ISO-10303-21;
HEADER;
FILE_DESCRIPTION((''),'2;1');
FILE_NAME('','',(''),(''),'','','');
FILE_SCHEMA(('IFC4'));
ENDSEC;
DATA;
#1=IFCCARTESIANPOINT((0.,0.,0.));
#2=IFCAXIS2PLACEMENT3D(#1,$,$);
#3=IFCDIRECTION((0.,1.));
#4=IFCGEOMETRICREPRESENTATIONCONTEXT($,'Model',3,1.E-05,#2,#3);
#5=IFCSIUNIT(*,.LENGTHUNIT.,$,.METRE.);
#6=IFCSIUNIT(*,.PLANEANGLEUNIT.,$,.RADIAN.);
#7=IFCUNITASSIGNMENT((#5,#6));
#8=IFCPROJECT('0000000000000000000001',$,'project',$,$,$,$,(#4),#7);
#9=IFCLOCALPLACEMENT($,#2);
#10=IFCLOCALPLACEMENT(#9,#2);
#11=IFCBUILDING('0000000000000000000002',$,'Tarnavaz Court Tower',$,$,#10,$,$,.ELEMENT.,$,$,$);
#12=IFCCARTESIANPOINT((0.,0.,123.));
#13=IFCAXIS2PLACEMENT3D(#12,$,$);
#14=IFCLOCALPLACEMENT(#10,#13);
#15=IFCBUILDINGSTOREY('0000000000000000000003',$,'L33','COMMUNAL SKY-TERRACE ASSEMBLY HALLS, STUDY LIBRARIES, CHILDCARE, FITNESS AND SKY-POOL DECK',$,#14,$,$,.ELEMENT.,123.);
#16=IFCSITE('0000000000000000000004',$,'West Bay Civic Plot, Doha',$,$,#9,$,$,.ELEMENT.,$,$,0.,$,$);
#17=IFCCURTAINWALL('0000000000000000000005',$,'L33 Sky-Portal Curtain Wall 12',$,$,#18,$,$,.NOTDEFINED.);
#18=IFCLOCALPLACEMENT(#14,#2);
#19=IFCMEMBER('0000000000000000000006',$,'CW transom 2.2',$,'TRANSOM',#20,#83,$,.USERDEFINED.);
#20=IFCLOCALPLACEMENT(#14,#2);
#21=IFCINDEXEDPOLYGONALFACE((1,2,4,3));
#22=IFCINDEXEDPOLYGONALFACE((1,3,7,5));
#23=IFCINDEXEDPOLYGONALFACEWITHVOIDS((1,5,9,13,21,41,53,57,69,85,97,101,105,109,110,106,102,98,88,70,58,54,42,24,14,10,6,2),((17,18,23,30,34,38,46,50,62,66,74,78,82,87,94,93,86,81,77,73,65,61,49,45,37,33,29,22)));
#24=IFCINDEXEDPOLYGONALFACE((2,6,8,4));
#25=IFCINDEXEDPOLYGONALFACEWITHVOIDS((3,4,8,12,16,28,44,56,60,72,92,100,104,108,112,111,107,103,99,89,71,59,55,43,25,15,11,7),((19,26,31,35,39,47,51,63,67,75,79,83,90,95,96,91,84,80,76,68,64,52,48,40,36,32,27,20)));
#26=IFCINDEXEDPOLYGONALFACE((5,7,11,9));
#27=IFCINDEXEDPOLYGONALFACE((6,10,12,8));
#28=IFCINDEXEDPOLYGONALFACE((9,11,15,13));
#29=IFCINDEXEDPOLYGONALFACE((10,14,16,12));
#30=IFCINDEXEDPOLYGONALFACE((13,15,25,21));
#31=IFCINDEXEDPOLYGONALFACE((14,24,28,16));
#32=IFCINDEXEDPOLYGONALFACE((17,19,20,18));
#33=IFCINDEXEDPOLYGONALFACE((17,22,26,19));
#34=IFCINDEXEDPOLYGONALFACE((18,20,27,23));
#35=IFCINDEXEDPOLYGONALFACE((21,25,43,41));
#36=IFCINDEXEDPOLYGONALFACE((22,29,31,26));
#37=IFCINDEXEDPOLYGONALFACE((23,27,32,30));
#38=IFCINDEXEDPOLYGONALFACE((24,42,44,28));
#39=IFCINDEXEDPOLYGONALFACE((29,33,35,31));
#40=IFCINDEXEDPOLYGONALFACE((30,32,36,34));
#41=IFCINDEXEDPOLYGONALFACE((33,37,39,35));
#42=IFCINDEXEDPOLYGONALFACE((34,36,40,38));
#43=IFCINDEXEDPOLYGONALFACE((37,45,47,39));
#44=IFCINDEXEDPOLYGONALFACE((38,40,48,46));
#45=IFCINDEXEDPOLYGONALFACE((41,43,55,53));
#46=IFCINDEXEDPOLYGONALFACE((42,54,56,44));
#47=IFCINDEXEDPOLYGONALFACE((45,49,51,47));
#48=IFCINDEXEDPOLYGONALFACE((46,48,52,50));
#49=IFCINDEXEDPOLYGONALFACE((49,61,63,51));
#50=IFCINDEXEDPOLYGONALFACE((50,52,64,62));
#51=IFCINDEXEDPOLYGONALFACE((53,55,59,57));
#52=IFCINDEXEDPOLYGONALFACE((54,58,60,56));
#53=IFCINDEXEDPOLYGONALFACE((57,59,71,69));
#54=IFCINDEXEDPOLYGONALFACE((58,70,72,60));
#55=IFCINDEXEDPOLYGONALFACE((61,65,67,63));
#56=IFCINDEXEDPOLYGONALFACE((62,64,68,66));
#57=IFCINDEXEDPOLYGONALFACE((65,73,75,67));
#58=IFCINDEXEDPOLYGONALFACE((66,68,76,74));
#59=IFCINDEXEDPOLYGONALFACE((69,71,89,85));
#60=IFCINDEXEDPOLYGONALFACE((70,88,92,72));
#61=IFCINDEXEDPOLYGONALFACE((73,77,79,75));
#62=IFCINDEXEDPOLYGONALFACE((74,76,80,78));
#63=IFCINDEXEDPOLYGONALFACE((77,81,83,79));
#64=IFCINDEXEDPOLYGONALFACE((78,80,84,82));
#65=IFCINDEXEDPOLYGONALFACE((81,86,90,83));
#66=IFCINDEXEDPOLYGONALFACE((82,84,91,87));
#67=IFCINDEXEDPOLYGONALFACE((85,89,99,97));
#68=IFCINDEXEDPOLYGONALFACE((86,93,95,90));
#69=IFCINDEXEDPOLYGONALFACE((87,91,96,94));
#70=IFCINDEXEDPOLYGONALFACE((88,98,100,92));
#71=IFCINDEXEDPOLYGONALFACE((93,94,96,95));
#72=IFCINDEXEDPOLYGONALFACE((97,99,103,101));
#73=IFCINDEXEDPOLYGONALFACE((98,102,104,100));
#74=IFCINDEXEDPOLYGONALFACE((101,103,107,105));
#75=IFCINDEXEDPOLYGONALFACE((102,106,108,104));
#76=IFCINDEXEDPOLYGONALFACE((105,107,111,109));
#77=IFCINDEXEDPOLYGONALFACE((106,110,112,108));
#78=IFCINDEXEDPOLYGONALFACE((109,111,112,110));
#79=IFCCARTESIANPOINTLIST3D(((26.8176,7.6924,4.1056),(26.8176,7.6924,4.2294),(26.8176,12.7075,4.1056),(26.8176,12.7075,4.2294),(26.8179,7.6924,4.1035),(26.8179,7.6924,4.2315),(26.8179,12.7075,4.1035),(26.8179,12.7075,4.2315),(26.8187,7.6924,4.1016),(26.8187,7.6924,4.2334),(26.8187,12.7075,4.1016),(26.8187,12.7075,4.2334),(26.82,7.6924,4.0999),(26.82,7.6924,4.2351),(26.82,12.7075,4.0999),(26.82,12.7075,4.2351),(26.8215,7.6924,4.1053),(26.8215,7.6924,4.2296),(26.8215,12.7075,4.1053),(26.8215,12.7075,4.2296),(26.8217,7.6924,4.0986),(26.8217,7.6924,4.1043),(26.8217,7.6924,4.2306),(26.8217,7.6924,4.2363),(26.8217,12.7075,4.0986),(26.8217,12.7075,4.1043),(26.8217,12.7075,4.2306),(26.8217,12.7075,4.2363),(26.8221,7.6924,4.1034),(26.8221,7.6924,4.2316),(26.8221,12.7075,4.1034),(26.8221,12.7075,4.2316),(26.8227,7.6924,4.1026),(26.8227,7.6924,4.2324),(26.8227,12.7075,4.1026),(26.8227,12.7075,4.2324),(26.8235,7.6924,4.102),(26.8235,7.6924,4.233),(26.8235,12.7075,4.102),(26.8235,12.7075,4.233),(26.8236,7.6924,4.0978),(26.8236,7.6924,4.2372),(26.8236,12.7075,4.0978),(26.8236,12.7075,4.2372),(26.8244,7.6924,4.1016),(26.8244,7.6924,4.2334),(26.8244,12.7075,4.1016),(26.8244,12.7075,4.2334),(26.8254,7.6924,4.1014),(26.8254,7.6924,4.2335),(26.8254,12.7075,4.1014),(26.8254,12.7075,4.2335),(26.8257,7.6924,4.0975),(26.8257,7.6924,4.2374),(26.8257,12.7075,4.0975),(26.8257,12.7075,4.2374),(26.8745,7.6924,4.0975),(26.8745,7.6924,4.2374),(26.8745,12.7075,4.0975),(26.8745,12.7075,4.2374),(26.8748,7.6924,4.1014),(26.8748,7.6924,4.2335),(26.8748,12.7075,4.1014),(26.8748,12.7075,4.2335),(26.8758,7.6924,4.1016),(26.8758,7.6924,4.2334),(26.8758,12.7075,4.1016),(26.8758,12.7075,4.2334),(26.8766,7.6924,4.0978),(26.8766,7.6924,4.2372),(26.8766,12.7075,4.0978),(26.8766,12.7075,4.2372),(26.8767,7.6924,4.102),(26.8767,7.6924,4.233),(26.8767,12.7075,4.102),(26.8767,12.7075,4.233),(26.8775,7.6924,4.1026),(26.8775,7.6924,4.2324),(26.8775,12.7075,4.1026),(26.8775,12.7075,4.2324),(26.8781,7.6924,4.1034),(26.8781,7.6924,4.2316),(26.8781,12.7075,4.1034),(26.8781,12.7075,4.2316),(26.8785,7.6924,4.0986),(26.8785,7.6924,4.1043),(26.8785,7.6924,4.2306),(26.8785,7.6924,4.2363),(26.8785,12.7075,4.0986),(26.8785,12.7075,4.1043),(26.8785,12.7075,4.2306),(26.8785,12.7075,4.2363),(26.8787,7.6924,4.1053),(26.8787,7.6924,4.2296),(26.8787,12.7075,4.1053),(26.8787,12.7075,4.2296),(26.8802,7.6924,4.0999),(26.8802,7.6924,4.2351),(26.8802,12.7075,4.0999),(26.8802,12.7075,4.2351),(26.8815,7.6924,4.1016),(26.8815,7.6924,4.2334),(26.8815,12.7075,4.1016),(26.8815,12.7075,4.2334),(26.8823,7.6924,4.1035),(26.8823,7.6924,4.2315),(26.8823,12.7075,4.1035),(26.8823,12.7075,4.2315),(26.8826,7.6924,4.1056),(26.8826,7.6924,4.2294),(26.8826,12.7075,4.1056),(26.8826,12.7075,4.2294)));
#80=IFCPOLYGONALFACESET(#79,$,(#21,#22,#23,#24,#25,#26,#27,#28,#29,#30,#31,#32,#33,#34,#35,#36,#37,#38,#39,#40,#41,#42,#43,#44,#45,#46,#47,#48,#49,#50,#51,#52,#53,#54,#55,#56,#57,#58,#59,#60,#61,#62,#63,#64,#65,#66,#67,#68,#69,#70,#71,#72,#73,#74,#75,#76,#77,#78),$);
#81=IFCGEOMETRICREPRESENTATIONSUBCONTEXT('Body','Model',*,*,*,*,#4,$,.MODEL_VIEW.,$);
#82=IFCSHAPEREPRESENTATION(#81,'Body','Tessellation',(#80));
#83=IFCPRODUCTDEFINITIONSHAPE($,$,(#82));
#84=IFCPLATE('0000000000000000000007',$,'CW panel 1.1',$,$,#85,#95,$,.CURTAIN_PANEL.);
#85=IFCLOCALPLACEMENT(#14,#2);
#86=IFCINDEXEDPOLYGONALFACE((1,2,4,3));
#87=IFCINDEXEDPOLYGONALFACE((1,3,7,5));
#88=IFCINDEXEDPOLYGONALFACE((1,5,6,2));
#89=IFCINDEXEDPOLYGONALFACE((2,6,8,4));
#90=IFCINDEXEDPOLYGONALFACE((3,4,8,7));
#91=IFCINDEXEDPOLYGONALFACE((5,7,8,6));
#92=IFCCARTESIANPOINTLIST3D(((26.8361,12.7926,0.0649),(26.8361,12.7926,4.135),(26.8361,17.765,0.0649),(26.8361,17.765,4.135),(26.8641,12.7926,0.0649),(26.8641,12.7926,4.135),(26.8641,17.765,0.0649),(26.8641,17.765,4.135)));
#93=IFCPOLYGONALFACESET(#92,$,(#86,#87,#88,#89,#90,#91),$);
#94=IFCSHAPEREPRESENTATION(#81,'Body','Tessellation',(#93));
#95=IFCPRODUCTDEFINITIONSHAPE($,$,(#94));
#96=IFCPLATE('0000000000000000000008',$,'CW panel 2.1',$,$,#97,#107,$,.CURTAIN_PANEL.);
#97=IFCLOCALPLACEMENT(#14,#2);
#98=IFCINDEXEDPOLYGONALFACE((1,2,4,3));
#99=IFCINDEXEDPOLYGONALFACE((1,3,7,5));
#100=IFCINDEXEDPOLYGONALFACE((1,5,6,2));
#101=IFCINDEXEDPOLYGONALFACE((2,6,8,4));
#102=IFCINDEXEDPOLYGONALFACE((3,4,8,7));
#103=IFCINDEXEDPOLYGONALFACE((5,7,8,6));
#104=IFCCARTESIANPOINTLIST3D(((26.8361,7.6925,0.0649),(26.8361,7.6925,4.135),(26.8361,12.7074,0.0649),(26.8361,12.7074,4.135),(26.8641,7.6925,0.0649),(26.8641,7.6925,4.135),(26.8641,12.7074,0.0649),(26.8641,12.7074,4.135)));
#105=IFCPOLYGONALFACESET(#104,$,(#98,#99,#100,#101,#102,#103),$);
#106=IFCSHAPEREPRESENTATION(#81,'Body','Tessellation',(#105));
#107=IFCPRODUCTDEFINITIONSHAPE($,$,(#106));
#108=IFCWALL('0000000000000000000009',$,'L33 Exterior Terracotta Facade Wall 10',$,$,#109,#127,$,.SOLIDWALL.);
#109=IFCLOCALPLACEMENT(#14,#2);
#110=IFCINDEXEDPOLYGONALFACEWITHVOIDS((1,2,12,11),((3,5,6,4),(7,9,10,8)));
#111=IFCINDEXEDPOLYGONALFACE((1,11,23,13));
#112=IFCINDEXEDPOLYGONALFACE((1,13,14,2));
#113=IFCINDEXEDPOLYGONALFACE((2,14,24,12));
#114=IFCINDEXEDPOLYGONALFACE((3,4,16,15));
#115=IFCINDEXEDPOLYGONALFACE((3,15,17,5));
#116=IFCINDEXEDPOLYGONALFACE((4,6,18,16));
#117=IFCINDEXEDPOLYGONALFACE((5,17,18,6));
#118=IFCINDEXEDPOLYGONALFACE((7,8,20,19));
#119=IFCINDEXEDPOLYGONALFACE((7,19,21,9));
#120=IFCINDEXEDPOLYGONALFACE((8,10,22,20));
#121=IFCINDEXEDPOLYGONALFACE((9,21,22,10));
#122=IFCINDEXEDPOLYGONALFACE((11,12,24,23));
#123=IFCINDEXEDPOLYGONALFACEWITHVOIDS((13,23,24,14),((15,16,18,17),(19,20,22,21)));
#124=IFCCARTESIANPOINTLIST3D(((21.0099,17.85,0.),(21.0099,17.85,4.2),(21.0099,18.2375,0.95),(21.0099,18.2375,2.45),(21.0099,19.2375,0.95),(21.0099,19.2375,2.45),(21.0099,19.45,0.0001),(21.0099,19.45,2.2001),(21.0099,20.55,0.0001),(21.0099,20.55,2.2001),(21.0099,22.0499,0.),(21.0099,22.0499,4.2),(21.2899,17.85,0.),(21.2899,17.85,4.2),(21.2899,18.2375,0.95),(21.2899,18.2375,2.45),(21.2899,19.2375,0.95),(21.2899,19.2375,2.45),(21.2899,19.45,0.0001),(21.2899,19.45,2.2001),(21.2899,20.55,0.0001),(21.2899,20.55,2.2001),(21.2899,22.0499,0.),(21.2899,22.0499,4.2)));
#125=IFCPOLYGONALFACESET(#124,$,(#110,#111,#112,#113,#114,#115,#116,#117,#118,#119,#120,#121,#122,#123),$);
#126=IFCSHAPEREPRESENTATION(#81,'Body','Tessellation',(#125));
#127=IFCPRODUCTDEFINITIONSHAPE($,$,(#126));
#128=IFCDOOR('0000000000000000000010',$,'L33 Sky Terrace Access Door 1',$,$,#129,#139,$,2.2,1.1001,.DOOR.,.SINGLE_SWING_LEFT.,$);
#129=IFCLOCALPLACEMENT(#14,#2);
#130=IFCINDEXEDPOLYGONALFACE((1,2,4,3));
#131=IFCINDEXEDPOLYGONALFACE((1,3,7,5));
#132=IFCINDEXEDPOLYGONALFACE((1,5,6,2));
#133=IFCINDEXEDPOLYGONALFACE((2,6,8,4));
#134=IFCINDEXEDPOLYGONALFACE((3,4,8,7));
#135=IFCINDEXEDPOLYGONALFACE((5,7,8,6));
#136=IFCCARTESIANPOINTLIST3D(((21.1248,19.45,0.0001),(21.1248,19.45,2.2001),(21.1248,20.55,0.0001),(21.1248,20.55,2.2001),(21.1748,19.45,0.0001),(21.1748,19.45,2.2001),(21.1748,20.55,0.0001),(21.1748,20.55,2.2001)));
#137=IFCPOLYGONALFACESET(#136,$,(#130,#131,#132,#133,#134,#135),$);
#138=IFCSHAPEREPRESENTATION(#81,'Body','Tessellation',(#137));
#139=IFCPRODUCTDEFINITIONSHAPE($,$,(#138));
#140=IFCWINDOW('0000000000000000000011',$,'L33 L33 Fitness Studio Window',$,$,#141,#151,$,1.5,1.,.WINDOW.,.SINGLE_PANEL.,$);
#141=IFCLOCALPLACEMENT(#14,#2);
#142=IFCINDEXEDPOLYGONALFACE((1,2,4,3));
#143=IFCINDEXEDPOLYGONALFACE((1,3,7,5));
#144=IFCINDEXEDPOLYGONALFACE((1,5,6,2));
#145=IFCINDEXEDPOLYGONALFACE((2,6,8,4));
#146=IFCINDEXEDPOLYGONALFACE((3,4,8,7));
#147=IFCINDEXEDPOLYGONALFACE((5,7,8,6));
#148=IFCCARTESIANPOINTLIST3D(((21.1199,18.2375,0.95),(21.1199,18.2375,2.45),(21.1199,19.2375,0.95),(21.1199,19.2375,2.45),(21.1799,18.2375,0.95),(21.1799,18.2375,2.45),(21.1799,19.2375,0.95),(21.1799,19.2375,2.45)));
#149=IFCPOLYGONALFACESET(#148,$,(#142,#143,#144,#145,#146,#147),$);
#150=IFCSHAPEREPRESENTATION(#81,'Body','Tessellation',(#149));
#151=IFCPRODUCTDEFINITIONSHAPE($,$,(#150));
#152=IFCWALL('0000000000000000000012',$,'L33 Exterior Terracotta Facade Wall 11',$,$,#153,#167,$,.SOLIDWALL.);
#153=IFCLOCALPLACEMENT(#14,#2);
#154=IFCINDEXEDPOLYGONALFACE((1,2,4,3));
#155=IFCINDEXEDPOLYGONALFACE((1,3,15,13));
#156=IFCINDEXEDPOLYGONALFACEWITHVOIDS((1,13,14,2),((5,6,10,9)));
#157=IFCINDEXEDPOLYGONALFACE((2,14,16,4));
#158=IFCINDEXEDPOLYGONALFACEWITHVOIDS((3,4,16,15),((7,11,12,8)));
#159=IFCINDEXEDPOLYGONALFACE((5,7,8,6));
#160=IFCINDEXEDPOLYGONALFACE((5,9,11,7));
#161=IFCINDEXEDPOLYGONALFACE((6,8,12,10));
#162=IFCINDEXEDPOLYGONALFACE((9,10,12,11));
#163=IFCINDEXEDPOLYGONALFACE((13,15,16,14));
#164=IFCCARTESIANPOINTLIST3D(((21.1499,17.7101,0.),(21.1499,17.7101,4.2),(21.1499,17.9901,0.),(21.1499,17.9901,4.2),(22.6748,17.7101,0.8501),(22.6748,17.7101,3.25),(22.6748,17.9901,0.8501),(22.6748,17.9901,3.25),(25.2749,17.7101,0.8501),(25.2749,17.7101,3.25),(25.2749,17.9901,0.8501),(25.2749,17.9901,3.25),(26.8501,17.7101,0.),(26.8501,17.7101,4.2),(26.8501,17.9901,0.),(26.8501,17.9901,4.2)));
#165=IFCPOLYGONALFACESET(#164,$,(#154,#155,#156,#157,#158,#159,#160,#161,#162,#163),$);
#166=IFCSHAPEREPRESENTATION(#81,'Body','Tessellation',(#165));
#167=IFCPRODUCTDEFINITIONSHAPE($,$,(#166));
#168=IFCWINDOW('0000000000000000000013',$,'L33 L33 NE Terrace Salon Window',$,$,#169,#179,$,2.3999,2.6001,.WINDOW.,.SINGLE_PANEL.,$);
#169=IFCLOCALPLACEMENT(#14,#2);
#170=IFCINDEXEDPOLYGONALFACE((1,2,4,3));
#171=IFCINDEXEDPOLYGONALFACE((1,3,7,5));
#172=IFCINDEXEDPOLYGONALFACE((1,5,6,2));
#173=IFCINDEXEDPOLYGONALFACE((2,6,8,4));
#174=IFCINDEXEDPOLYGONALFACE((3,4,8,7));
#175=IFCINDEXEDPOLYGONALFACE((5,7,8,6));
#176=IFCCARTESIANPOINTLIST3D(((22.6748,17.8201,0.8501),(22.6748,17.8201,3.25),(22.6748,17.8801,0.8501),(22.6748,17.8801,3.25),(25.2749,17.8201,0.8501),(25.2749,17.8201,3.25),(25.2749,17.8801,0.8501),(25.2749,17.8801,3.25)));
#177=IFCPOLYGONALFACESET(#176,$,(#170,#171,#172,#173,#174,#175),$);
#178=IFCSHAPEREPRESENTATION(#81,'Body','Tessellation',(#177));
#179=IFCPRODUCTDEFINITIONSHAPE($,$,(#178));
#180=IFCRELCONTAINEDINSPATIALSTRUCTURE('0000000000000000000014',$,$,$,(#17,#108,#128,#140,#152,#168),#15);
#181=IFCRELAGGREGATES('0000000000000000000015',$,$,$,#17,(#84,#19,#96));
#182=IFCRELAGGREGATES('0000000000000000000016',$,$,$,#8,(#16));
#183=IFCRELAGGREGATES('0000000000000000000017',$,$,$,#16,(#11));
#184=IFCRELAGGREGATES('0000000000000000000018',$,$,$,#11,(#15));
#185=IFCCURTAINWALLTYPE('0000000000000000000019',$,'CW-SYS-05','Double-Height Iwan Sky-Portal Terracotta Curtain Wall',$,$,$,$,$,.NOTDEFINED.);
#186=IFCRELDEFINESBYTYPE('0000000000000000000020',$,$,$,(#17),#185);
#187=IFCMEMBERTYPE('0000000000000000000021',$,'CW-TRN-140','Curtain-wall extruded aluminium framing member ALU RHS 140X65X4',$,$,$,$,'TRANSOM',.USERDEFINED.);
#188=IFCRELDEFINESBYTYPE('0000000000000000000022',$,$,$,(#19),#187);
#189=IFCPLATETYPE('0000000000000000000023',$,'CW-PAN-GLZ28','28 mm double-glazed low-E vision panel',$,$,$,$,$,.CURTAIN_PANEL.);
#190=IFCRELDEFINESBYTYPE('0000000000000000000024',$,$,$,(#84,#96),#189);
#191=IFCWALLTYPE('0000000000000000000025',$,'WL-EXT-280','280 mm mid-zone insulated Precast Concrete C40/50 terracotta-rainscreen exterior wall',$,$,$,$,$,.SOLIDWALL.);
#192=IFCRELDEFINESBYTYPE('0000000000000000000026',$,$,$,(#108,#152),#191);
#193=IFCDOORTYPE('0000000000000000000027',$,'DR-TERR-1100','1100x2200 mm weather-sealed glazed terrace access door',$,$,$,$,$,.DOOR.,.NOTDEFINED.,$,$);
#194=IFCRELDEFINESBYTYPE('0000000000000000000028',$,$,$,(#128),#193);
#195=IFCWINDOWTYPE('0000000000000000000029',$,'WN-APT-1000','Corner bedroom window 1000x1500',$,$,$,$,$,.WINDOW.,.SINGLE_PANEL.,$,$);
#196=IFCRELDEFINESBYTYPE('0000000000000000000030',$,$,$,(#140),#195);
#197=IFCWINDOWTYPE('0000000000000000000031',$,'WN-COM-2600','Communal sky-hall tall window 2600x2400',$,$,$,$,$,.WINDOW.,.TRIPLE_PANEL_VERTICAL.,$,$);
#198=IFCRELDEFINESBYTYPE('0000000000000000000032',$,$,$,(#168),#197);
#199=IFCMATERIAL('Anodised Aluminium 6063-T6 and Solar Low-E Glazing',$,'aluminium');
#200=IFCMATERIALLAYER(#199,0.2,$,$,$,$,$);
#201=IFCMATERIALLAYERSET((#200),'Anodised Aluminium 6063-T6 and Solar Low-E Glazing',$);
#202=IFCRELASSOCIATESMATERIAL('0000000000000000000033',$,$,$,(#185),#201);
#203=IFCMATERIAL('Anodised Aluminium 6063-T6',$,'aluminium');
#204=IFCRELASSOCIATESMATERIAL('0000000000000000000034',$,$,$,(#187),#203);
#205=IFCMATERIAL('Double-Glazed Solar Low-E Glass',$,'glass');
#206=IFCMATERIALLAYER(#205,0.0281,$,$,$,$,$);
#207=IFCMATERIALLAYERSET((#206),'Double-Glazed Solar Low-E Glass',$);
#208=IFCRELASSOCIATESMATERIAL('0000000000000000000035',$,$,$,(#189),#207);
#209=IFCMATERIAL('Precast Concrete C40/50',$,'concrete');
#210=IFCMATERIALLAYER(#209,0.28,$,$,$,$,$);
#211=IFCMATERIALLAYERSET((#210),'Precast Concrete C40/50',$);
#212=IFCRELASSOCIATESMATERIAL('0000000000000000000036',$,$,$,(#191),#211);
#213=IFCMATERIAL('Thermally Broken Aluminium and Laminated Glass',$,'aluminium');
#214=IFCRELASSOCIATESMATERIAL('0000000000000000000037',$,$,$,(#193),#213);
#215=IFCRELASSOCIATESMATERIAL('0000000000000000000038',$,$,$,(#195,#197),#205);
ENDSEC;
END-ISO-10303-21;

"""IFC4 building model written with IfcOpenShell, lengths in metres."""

from ifc_helpers import new_model, si_unit, direction, frame, frame_2d, origin, origin_2d, place, context, subcontext, project, spatial, rectangle, hollow_rectangle, extrude, material, layer, layer_set, material_profile, profile_set, type_object, element, fill, aggregate, save


model = new_model("IFC4")

# Units and contexts
model_context = context("Model", 3, precision=1e-05, world=origin(), true_north=direction((0.0, 1.0)))
body_context = subcontext(model_context, "Body", "Model", "MODEL_VIEW")
ifc_project = project(units=[si_unit("LENGTHUNIT", "METRE"), si_unit("PLANEANGLEUNIT", "RADIAN")], contexts=[model_context])

# Site, building, storey
site_placement = place(None, origin())
site = spatial("IfcSite", under=ifc_project, at=site_placement, Name="West Bay Civic Plot, Doha", CompositionType="ELEMENT", RefElevation=0.0)
building_placement = place(site_placement, origin())
building = spatial("IfcBuilding", under=site, at=building_placement, Name="Tarnavaz Court Tower", CompositionType="ELEMENT")
storey_placement = place(building_placement, frame((0.0, 0.0, 123.0)))
storey = spatial("IfcBuildingStorey", under=building, at=storey_placement, Name="L33", Description="COMMUNAL SKY-TERRACE ASSEMBLY HALLS, STUDY LIBRARIES, CHILDCARE, FITNESS AND SKY-POOL DECK", CompositionType="ELEMENT", Elevation=123.0)

# Curtain wall, member, plates
ifc_material_1 = material(Name="Anodised Aluminium 6063-T6 and Solar Low-E Glazing", Category="aluminium")
ifc_layer_1 = layer(ifc_material_1, 0.2)
ifc_layer_set_1 = layer_set([ifc_layer_1], Name="Anodised Aluminium 6063-T6 and Solar Low-E Glazing")
curtain_wall_type = type_object("IfcCurtainWallType", Name="CW-SYS-05", Description="Double-Height Iwan Sky-Portal Terracotta Curtain Wall", PredefinedType="NOTDEFINED", material=ifc_layer_set_1)
curtain_wall_placement = place(storey_placement, origin())
curtain_wall = element("IfcCurtainWall", 1, at=curtain_wall_placement, inside=storey, type_object=curtain_wall_type, Name="L33 Sky-Portal Curtain Wall 12", PredefinedType="NOTDEFINED")
ifc_material_2 = material(Name="Anodised Aluminium 6063-T6", Category="aluminium")
ifc_material_profile_1 = material_profile(ifc_material_2, hollow_rectangle(XDim=0.0649, YDim=0.1399, WallThickness=0.0039, InnerFilletRadius=0.0039, OuterFilletRadius=0.0081, at=origin_2d()), Name="ALU RHS 140X65X4")
ifc_profile_set_1 = profile_set([ifc_material_profile_1], Name="Anodised Aluminium 6063-T6")
member_type_1 = type_object("IfcMemberType", Name="CW-TRN-140", Description="Curtain-wall extruded aluminium framing member ALU RHS 140X65X4", ElementType="TRANSOM", PredefinedType="USERDEFINED", material=ifc_profile_set_1)
member_1_placement = place(storey_placement, frame((26.8501, 12.7075, 4.1675), z_axis=(0.0, -1.0, 0.0), x_axis=(1.0, 0.0, 0.0)))
member_1 = element("IfcMember", 2, at=member_1_placement, type_object=member_type_1, Name="CW transom 2.2", ObjectType="TRANSOM", PredefinedType="USERDEFINED", context=body_context, shape_type="SweptSolid", body=[
    extrude(hollow_rectangle(XDim=0.0649, YDim=0.1399, WallThickness=0.0039, InnerFilletRadius=0.0039, OuterFilletRadius=0.0081, at=origin_2d()), origin(), (0.0, 0.0, 1.0), 5.0151),
])
ifc_material_3 = material(Name="Double-Glazed Solar Low-E Glass", Category="glass")
ifc_layer_2 = layer(ifc_material_3, 0.0281)
ifc_layer_set_2 = layer_set([ifc_layer_2], Name="Double-Glazed Solar Low-E Glass")
plate_type = type_object("IfcPlateType", Name="CW-PAN-GLZ28", Description="28 mm double-glazed low-E vision panel", PredefinedType="CURTAIN_PANEL", material=ifc_layer_set_2)
plate_1_placement = place(storey_placement, frame((26.8501, 15.2788, 0.0649), z_axis=(0.0, 0.0, 1.0), x_axis=(0.0, -1.0, 0.0)))
plate_1 = element("IfcPlate", 3, at=plate_1_placement, type_object=plate_type, Name="CW panel 1.1", PredefinedType="CURTAIN_PANEL", context=body_context, shape_type="SweptSolid", body=[
    extrude(rectangle(XDim=4.9724, YDim=0.0281, at=origin_2d()), origin(), (0.0, 0.0, 1.0), 4.0701),
])
plate_2_placement = place(storey_placement, frame((26.8501, 10.2, 0.0649), z_axis=(0.0, 0.0, 1.0), x_axis=(0.0, -1.0, 0.0)))
plate_2 = element("IfcPlate", 4, at=plate_2_placement, type_object=plate_type, Name="CW panel 2.1", PredefinedType="CURTAIN_PANEL", context=body_context, shape_type="SweptSolid", body=[
    extrude(rectangle(XDim=5.0149, YDim=0.0281, at=origin_2d()), origin(), (0.0, 0.0, 1.0), 4.0701),
])
aggregate(curtain_wall, [plate_1, member_1, plate_2])

# Wall, openings, door, window
ifc_material_4 = material(Name="Precast Concrete C40/50", Category="concrete")
ifc_layer_3 = layer(ifc_material_4, 0.28)
ifc_layer_set_3 = layer_set([ifc_layer_3], Name="Precast Concrete C40/50")
wall_type_1 = type_object("IfcWallType", Name="WL-EXT-280", Description="280 mm mid-zone insulated Precast Concrete C40/50 terracotta-rainscreen exterior wall", PredefinedType="SOLIDWALL", material=ifc_layer_set_3)
wall_1_placement = place(storey_placement, frame((21.1499, 22.05, 0.0), z_axis=(0.0, 0.0, 1.0), x_axis=(0.0, -1.0, 0.0)))
wall_1 = element("IfcWall", 5, at=wall_1_placement, inside=storey, type_object=wall_type_1, Name="L33 Exterior Terracotta Facade Wall 10", PredefinedType="SOLIDWALL", context=body_context, shape_type="SweptSolid", body=[
    extrude(rectangle(XDim=4.2, YDim=0.28, at=frame_2d((2.1001, 0.0))), origin(), (0.0, 0.0, 1.0), 4.2),
])
opening_1_placement = place(wall_1_placement, frame((1.5, 0.0, 0.0)))
opening_1 = element("IfcOpeningElement", 6, at=opening_1_placement, cuts=wall_1, PredefinedType="OPENING", context=body_context, shape_type="SweptSolid", body=[
    extrude(rectangle(XDim=1.1001, YDim=2.2, at=frame_2d((0.55, 1.1001))), frame((0.0, 0.1499, 0.0), z_axis=(0.0, -1.0, 0.0), x_axis=(1.0, 0.0, 0.0)), (0.0, 0.0, 1.0), 0.3),
])
opening_2_placement = place(wall_1_placement, frame((2.8125, 0.0, 0.95)))
opening_2 = element("IfcOpeningElement", 7, at=opening_2_placement, cuts=wall_1, PredefinedType="OPENING", context=body_context, shape_type="SweptSolid", body=[
    extrude(rectangle(XDim=1.0, YDim=1.5, at=frame_2d((0.5, 0.75))), frame((0.0, 0.1499, 0.0), z_axis=(0.0, -1.0, 0.0), x_axis=(1.0, 0.0, 0.0)), (0.0, 0.0, 1.0), 0.3),
])
ifc_material_5 = material(Name="Thermally Broken Aluminium and Laminated Glass", Category="aluminium")
door_type_1 = type_object("IfcDoorType", Name="DR-TERR-1100", Description="1100x2200 mm weather-sealed glazed terrace access door", OperationType="NOTDEFINED", PredefinedType="DOOR", material=ifc_material_5)
door_1_placement = place(opening_1_placement, origin())
door_1 = element("IfcDoor", 8, at=door_1_placement, inside=storey, type_object=door_type_1, Name="L33 Sky Terrace Access Door 1", OperationType="SINGLE_SWING_LEFT", OverallHeight=2.2, OverallWidth=1.1001, PredefinedType="DOOR", context=body_context, shape_type="SweptSolid", body=[
    extrude(rectangle(XDim=1.1001, YDim=2.2, at=frame_2d((0.55, 1.1001))), frame((0.0, 0.0249, 0.0), z_axis=(0.0, -1.0, 0.0), x_axis=(1.0, 0.0, 0.0)), (0.0, 0.0, 1.0), 0.05),
])
fill(opening_1, door_1)
window_type_1 = type_object("IfcWindowType", Name="WN-APT-1000", Description="Corner bedroom window 1000x1500", PartitioningType="SINGLE_PANEL", PredefinedType="WINDOW", material=ifc_material_3)
window_1_placement = place(opening_2_placement, origin())
window_1 = element("IfcWindow", 9, at=window_1_placement, inside=storey, type_object=window_type_1, Name="L33 L33 Fitness Studio Window", OverallHeight=1.5, OverallWidth=1.0, PartitioningType="SINGLE_PANEL", PredefinedType="WINDOW", context=body_context, shape_type="SweptSolid", body=[
    extrude(rectangle(XDim=1.0, YDim=1.5, at=frame_2d((0.5, 0.75))), frame((0.0, 0.03, 0.0), z_axis=(0.0, -1.0, 0.0), x_axis=(1.0, 0.0, 0.0)), (0.0, 0.0, 1.0), 0.0601),
])
fill(opening_2, window_1)

# Wall, opening, window
wall_2_placement = place(storey_placement, frame((21.1499, 17.8501, 0.0), z_axis=(0.0, 0.0, 1.0), x_axis=(1.0, 0.0, 0.0)))
wall_2 = element("IfcWall", 10, at=wall_2_placement, inside=storey, type_object=wall_type_1, Name="L33 Exterior Terracotta Facade Wall 11", PredefinedType="SOLIDWALL", context=body_context, shape_type="SweptSolid", body=[
    extrude(rectangle(XDim=5.7002, YDim=0.28, at=frame_2d((2.8501, 0.0))), origin(), (0.0, 0.0, 1.0), 4.2),
])
opening_3_placement = place(wall_2_placement, frame((1.5249, 0.0, 0.8501)))
opening_3 = element("IfcOpeningElement", 11, at=opening_3_placement, cuts=wall_2, PredefinedType="OPENING", context=body_context, shape_type="SweptSolid", body=[
    extrude(rectangle(XDim=2.6001, YDim=2.3999, at=frame_2d((1.3, 1.2))), frame((0.0, 0.1499, 0.0), z_axis=(0.0, -1.0, 0.0), x_axis=(1.0, 0.0, 0.0)), (0.0, 0.0, 1.0), 0.3),
])
window_type_2 = type_object("IfcWindowType", Name="WN-COM-2600", Description="Communal sky-hall tall window 2600x2400", PartitioningType="TRIPLE_PANEL_VERTICAL", PredefinedType="WINDOW", material=ifc_material_3)
window_2_placement = place(opening_3_placement, origin())
window_2 = element("IfcWindow", 12, at=window_2_placement, inside=storey, type_object=window_type_2, Name="L33 L33 NE Terrace Salon Window", OverallHeight=2.3999, OverallWidth=2.6001, PartitioningType="SINGLE_PANEL", PredefinedType="WINDOW", context=body_context, shape_type="SweptSolid", body=[
    extrude(rectangle(XDim=2.6001, YDim=2.3999, at=frame_2d((1.3, 1.2))), frame((0.0, 0.03, 0.0), z_axis=(0.0, -1.0, 0.0), x_axis=(1.0, 0.0, 0.0)), (0.0, 0.0, 1.0), 0.0601),
])
fill(opening_3, window_2)

save(model, "model.ifc")
